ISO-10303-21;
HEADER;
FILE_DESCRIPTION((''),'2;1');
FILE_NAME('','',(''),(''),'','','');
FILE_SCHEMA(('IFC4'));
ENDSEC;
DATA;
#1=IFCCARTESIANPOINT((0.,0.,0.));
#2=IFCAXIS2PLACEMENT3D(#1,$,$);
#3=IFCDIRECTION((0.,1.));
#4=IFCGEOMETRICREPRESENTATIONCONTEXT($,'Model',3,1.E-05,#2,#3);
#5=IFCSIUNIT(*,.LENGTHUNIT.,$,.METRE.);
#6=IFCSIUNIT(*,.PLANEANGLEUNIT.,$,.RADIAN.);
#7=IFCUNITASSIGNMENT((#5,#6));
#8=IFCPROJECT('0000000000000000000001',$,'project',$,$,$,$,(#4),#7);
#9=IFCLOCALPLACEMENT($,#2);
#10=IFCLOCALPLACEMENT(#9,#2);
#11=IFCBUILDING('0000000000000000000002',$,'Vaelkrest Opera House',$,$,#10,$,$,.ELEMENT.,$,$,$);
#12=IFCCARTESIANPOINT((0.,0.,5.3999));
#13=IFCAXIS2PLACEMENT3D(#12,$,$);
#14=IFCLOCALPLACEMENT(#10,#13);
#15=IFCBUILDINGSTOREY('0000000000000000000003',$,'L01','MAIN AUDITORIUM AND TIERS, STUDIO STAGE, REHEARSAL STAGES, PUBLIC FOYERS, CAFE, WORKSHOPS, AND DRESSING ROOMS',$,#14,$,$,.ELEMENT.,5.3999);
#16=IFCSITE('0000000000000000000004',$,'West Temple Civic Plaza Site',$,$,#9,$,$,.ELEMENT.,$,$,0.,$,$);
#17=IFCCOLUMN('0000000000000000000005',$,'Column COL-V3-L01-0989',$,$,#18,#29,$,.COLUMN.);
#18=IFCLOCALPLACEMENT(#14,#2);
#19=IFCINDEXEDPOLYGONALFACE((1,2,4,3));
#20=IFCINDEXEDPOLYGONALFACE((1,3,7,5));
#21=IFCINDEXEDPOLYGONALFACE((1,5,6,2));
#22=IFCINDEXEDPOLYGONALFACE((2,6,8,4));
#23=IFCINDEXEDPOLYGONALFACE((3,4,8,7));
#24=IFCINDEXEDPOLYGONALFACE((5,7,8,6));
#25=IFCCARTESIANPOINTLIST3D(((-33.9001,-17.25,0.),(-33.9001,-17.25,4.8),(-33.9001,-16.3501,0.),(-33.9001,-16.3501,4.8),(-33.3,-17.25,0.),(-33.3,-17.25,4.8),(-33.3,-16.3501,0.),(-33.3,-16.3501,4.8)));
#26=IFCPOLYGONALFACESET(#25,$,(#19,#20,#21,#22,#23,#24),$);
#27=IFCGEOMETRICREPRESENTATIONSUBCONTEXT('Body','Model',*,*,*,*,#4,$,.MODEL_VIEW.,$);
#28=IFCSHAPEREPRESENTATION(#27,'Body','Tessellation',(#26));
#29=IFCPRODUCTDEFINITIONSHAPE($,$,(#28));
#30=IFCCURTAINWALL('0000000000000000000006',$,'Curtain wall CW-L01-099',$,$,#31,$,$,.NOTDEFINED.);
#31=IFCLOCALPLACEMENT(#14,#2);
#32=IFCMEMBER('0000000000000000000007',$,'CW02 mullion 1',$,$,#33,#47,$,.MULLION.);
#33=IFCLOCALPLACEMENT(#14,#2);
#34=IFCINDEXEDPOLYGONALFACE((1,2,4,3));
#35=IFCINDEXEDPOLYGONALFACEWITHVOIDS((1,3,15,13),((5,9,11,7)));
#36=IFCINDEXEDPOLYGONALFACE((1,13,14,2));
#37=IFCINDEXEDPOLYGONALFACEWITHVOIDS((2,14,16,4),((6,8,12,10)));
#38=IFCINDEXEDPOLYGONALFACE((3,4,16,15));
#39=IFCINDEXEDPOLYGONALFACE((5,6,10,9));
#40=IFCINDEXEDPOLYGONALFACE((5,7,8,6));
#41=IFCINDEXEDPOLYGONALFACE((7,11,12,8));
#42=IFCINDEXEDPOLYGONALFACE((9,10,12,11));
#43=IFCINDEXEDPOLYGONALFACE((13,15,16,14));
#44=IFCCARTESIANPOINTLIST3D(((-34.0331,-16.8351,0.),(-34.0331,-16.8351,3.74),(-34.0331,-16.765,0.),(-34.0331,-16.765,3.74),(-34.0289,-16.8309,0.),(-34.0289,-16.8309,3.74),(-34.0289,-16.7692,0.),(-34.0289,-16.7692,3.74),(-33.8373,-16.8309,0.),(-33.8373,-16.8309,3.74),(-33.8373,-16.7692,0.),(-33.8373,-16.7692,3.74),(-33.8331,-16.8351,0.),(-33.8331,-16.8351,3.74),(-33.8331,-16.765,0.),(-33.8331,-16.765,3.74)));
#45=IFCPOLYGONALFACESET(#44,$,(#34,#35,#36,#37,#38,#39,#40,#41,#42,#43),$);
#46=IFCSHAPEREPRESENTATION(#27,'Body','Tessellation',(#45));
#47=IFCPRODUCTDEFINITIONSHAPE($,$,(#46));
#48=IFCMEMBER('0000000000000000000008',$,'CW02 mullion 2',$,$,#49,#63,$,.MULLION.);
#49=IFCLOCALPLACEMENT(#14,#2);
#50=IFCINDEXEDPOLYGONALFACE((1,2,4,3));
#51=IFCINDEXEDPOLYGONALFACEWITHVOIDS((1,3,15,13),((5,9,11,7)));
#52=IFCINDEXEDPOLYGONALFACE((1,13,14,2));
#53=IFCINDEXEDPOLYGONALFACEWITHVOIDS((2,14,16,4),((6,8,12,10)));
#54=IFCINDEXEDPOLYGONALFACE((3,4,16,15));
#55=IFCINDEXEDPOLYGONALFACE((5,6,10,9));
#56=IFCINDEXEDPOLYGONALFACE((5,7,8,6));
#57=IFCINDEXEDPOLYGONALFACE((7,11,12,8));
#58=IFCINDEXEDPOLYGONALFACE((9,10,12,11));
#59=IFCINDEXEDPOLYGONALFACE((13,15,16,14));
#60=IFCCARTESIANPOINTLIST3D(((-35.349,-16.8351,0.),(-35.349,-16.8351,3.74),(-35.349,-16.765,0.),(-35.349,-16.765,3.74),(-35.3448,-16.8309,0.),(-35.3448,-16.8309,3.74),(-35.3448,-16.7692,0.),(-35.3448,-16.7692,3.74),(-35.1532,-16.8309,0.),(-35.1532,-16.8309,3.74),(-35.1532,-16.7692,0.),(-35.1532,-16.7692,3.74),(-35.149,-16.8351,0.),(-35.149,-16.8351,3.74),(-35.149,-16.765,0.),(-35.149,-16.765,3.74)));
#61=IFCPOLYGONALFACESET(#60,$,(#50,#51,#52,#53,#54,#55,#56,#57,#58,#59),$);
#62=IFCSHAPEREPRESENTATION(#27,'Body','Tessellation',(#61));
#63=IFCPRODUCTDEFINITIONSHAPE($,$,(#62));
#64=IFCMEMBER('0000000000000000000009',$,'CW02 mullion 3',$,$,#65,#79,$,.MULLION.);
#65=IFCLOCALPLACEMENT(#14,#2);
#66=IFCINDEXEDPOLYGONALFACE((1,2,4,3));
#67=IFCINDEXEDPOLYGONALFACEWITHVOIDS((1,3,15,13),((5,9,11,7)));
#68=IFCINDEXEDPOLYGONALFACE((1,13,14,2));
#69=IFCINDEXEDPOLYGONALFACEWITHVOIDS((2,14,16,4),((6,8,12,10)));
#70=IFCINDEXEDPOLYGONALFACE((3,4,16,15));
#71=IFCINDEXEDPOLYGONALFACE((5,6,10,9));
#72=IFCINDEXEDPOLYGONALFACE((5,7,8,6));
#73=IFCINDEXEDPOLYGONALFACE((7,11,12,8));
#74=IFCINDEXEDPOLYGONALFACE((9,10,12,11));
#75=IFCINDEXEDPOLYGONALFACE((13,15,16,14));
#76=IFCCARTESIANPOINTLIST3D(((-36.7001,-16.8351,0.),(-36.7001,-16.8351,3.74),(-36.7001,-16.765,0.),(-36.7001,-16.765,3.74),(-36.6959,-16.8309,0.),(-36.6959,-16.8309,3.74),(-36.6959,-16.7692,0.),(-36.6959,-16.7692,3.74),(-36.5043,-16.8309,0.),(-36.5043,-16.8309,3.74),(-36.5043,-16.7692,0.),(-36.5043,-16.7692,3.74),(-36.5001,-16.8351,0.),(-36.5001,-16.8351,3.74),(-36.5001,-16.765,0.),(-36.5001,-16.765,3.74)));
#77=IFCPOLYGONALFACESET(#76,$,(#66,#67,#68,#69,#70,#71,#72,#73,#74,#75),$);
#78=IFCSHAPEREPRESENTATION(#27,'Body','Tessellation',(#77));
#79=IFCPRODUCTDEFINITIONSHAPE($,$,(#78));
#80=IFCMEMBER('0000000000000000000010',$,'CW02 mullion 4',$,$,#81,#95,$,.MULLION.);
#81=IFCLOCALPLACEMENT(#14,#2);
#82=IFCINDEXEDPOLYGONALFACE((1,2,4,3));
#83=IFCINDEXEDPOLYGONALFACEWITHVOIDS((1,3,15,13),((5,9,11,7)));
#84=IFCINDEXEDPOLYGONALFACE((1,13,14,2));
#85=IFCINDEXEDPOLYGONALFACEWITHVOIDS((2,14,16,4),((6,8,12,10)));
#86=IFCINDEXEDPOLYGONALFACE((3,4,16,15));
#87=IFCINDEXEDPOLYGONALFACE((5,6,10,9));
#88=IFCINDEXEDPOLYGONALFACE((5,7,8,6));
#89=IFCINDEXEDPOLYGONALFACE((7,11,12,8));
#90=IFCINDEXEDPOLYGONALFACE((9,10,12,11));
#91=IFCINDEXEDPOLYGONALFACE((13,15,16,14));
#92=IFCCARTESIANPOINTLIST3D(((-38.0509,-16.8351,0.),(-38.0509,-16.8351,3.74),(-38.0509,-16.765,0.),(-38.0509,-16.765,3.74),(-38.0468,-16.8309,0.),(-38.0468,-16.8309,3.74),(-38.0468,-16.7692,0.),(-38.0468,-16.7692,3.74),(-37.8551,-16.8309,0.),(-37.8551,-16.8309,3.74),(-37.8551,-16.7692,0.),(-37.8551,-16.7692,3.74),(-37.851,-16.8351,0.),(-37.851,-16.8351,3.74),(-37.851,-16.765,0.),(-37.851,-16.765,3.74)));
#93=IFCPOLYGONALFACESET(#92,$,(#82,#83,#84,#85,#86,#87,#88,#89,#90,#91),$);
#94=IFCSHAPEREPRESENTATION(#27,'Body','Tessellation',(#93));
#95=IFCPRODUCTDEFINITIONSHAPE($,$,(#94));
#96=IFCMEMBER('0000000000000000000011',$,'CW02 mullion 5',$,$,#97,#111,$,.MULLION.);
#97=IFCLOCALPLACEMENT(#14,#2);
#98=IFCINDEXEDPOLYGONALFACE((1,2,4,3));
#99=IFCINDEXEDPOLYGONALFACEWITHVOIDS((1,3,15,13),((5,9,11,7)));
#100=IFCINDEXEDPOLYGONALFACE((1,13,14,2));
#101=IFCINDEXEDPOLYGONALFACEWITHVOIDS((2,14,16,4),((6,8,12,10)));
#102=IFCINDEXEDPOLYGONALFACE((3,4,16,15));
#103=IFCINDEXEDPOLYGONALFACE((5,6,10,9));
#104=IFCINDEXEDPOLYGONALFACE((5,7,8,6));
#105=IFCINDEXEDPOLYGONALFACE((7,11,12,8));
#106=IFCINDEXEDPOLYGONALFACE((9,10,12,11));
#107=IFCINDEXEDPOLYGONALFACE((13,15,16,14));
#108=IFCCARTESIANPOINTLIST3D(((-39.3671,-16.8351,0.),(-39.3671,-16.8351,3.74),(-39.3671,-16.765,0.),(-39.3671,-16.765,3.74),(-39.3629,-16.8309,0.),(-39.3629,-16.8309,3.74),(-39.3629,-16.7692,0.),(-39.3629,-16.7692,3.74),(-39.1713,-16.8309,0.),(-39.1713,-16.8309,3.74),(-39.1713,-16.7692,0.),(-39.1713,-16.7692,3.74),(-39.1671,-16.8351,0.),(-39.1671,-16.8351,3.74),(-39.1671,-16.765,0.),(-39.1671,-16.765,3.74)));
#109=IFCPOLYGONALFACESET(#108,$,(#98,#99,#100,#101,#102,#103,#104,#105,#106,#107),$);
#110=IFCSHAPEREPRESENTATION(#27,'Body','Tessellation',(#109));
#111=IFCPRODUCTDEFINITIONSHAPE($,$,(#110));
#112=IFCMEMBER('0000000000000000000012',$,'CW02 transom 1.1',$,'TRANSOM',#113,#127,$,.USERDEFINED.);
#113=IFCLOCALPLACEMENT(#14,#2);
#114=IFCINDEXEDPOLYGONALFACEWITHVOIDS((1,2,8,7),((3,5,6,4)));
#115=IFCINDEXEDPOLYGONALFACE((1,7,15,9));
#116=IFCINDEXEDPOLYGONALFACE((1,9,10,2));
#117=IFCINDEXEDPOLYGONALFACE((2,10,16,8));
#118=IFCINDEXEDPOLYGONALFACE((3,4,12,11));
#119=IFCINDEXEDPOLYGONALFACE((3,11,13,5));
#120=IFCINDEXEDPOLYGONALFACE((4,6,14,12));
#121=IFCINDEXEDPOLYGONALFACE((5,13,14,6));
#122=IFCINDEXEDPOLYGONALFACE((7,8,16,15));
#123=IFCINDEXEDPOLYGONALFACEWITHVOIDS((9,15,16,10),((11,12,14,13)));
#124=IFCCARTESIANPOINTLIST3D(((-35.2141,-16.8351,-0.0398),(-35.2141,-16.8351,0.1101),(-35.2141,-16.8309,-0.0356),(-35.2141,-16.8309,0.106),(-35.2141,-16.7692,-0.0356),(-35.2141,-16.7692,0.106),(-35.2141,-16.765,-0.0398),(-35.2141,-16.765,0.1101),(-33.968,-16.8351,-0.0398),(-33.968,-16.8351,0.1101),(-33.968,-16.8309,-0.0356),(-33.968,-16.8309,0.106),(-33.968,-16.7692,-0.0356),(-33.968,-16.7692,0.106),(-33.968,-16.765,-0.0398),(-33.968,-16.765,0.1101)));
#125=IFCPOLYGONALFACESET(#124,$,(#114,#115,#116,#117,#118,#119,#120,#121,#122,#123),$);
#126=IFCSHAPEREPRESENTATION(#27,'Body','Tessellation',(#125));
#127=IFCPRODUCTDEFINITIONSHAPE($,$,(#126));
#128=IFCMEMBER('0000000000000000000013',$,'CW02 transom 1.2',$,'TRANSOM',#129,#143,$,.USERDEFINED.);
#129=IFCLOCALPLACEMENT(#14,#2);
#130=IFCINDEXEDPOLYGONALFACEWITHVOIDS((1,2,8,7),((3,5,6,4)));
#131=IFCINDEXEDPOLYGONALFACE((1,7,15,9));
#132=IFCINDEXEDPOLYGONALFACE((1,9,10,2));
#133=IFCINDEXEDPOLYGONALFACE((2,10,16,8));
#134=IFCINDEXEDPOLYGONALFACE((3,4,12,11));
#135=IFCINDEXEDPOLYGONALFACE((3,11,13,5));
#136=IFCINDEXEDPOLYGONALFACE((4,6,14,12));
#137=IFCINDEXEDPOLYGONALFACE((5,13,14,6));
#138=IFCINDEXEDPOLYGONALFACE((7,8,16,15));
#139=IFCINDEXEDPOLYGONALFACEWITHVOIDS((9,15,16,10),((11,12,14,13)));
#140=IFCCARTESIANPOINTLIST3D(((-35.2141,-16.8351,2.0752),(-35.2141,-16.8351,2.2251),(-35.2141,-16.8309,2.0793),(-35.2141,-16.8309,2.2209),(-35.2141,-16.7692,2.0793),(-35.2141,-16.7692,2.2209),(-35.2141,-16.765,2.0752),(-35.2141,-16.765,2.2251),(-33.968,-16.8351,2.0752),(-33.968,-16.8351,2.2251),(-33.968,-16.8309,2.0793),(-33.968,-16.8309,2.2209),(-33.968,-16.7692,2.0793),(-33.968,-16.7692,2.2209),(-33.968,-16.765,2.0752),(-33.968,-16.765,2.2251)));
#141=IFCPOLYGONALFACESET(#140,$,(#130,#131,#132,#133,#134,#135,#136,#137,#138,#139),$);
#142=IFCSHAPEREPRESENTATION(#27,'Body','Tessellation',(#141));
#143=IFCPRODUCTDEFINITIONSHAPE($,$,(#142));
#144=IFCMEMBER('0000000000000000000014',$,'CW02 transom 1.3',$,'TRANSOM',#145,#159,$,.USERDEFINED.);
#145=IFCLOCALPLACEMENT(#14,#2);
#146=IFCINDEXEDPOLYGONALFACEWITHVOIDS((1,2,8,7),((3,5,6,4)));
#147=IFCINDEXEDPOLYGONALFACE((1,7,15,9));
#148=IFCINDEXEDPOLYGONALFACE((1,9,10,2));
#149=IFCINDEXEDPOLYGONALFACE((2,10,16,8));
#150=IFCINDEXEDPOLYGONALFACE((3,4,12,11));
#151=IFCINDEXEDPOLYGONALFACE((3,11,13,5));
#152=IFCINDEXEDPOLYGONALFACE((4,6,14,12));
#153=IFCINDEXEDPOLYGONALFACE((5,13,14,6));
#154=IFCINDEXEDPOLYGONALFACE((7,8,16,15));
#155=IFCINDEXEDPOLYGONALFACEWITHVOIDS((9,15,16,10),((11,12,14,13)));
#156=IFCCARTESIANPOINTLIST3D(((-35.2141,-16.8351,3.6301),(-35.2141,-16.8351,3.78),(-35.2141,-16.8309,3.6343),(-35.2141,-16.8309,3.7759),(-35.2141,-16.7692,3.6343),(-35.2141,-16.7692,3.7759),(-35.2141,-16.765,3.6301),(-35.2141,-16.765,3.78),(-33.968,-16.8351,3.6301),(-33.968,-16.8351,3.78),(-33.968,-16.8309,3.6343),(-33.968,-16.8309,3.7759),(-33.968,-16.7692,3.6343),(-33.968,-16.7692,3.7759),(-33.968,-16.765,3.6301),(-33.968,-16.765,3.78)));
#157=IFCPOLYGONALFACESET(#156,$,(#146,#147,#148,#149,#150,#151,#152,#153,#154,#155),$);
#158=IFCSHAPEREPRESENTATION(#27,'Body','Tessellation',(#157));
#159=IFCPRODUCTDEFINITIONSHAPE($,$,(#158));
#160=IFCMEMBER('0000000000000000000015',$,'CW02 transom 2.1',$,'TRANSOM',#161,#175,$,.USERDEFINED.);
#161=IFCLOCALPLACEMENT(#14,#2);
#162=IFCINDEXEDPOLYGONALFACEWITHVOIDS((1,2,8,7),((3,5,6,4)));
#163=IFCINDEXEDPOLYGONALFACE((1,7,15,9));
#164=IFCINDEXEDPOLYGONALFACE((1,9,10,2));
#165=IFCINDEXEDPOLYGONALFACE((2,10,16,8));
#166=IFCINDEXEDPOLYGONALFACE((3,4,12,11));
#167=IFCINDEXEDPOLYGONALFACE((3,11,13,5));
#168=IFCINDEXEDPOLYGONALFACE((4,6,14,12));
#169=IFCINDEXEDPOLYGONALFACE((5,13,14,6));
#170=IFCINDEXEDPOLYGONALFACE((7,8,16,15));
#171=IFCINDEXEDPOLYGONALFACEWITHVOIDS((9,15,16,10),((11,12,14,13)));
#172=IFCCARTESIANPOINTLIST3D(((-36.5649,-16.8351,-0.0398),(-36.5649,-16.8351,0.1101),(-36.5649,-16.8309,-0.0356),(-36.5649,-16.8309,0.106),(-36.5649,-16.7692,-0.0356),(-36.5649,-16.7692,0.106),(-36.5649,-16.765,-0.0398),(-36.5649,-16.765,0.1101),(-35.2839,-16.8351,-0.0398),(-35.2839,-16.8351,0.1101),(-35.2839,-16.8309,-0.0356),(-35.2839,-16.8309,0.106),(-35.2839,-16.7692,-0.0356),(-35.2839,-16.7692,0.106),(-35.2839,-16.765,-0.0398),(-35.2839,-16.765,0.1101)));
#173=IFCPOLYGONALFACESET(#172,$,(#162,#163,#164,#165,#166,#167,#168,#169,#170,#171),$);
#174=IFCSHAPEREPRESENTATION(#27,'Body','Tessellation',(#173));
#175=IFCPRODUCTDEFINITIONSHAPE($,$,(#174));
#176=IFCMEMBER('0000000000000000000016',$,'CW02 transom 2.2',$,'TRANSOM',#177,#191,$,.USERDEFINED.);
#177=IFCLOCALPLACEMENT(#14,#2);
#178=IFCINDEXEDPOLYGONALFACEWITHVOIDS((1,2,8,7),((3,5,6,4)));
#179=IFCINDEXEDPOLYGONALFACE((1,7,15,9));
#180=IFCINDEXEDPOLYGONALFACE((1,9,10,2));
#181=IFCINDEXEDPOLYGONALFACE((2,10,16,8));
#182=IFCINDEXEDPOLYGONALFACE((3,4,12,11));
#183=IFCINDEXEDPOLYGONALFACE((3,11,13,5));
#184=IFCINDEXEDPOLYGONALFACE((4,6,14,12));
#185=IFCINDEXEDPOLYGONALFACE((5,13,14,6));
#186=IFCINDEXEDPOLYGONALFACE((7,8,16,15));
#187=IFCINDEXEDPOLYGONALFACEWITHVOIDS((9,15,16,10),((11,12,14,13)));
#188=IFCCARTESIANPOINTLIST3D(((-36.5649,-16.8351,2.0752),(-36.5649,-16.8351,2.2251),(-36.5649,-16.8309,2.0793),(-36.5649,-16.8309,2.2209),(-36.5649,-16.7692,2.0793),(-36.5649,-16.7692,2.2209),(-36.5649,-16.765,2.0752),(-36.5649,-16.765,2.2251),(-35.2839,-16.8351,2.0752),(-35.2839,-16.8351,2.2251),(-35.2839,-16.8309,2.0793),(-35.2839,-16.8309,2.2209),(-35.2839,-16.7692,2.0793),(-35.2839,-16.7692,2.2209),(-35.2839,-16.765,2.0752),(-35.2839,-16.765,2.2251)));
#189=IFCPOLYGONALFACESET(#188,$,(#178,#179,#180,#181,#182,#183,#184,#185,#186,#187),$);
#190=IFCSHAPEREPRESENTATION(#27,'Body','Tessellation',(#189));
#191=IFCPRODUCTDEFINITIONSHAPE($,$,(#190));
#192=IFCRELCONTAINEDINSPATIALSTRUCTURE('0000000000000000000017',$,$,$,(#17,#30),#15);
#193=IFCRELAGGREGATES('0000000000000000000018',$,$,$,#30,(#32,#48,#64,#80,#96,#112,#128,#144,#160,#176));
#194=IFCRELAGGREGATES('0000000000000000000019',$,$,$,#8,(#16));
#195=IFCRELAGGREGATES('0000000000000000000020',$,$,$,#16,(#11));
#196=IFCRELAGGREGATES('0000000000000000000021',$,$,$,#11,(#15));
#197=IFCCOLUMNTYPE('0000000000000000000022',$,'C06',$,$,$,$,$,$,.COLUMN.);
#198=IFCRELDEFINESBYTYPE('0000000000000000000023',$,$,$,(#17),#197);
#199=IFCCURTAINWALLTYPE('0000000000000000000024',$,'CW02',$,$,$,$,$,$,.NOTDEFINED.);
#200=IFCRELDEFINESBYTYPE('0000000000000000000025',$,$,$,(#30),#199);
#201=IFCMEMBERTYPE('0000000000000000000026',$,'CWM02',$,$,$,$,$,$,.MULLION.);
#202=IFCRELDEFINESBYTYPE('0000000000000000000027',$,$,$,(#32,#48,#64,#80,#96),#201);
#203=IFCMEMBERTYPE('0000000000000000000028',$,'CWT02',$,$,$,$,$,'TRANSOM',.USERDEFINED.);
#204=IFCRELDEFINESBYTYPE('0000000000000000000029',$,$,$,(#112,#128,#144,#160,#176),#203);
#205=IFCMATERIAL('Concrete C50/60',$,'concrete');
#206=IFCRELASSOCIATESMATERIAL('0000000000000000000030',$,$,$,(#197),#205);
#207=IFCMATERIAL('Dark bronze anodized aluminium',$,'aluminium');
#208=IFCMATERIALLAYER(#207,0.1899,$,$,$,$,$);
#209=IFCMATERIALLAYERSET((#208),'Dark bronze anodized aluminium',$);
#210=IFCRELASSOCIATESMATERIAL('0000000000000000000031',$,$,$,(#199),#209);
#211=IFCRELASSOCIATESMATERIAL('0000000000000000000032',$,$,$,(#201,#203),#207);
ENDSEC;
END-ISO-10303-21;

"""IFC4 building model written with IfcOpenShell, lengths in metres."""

from ifc_helpers import new_model, si_unit, direction, frame, origin, origin_2d, place, context, subcontext, project, spatial, rectangle, hollow_rectangle, extrude, material, layer, layer_set, material_profile, profile_set, type_object, element, aggregate, save


model = new_model("IFC4")

# Units and contexts
model_context = context("Model", 3, precision=1e-05, world=origin(), true_north=direction((0.0, 1.0)))
body_context = subcontext(model_context, "Body", "Model", "MODEL_VIEW")
ifc_project = project(units=[si_unit("LENGTHUNIT", "METRE"), si_unit("PLANEANGLEUNIT", "RADIAN")], contexts=[model_context])

# Site, building, storey
site_placement = place(None, origin())
site = spatial("IfcSite", under=ifc_project, at=site_placement, Name="West Temple Civic Plaza Site", CompositionType="ELEMENT", RefElevation=0.0)
building_placement = place(site_placement, origin())
building = spatial("IfcBuilding", under=site, at=building_placement, Name="Vaelkrest Opera House", CompositionType="ELEMENT")
storey_placement = place(building_placement, frame((0.0, 0.0, 5.3999)))
storey = spatial("IfcBuildingStorey", under=building, at=storey_placement, Name="L01", Description="MAIN AUDITORIUM AND TIERS, STUDIO STAGE, REHEARSAL STAGES, PUBLIC FOYERS, CAFE, WORKSHOPS, AND DRESSING ROOMS", CompositionType="ELEMENT", Elevation=5.3999)

# Column
ifc_material_1 = material(Name="Concrete C50/60", Category="concrete")
ifc_material_profile_1 = material_profile(ifc_material_1, rectangle(XDim=0.6001, YDim=0.8999, at=origin_2d()), Name="RC600X900")
ifc_profile_set_1 = profile_set([ifc_material_profile_1], Name="Concrete C50/60")
column_type = type_object("IfcColumnType", Name="C06", PredefinedType="COLUMN", material=ifc_profile_set_1)
column_placement = place(storey_placement, frame((-33.6001, -16.8, 0.0), z_axis=(0.0, 0.0, 1.0), x_axis=(1.0, 0.0, 0.0)))
element("IfcColumn", 1, at=column_placement, inside=storey, type_object=column_type, Name="Column COL-V3-L01-0989", PredefinedType="COLUMN", context=body_context, shape_type="SweptSolid", body=[
    extrude(rectangle(XDim=0.6001, YDim=0.8999, at=origin_2d()), origin(), (0.0, 0.0, 1.0), 4.8),
])

# Curtain wall, members
ifc_material_2 = material(Name="Dark bronze anodized aluminium", Category="aluminium")
ifc_layer_1 = layer(ifc_material_2, 0.1899)
ifc_layer_set_1 = layer_set([ifc_layer_1], Name="Dark bronze anodized aluminium")
curtain_wall_type = type_object("IfcCurtainWallType", Name="CW02", PredefinedType="NOTDEFINED", material=ifc_layer_set_1)
curtain_wall_placement = place(storey_placement, origin())
curtain_wall = element("IfcCurtainWall", 2, at=curtain_wall_placement, inside=storey, type_object=curtain_wall_type, Name="Curtain wall CW-L01-099", PredefinedType="NOTDEFINED")
ifc_material_profile_2 = material_profile(ifc_material_2, hollow_rectangle(XDim=0.0701, YDim=0.2, WallThickness=0.0042, at=origin_2d()), Name="CWM70X200")
ifc_profile_set_2 = profile_set([ifc_material_profile_2], Name="Dark bronze anodized aluminium")
member_type_1 = type_object("IfcMemberType", Name="CWM02", PredefinedType="MULLION", material=ifc_profile_set_2)
member_1_placement = place(storey_placement, frame((-33.9331, -16.8, 0.0), z_axis=(0.0, 0.0, 1.0), x_axis=(0.0, -1.0, 0.0)))
member_1 = element("IfcMember", 3, at=member_1_placement, type_object=member_type_1, Name="CW02 mullion 1", PredefinedType="MULLION", context=body_context, shape_type="SweptSolid", body=[
    extrude(hollow_rectangle(XDim=0.0701, YDim=0.2, WallThickness=0.0042, at=origin_2d()), origin(), (0.0, 0.0, 1.0), 3.74),
])
member_2_placement = place(storey_placement, frame((-35.249, -16.8, 0.0), z_axis=(0.0, 0.0, 1.0), x_axis=(0.0, -1.0, 0.0)))
member_2 = element("IfcMember", 4, at=member_2_placement, type_object=member_type_1, Name="CW02 mullion 2", PredefinedType="MULLION", context=body_context, shape_type="SweptSolid", body=[
    extrude(hollow_rectangle(XDim=0.0701, YDim=0.2, WallThickness=0.0042, at=origin_2d()), origin(), (0.0, 0.0, 1.0), 3.74),
])
member_3_placement = place(storey_placement, frame((-36.6001, -16.8, 0.0), z_axis=(0.0, 0.0, 1.0), x_axis=(0.0, -1.0, 0.0)))
member_3 = element("IfcMember", 5, at=member_3_placement, type_object=member_type_1, Name="CW02 mullion 3", PredefinedType="MULLION", context=body_context, shape_type="SweptSolid", body=[
    extrude(hollow_rectangle(XDim=0.0701, YDim=0.2, WallThickness=0.0042, at=origin_2d()), origin(), (0.0, 0.0, 1.0), 3.74),
])
member_4_placement = place(storey_placement, frame((-37.9509, -16.8, 0.0), z_axis=(0.0, 0.0, 1.0), x_axis=(0.0, -1.0, 0.0)))
member_4 = element("IfcMember", 6, at=member_4_placement, type_object=member_type_1, Name="CW02 mullion 4", PredefinedType="MULLION", context=body_context, shape_type="SweptSolid", body=[
    extrude(hollow_rectangle(XDim=0.0701, YDim=0.2, WallThickness=0.0042, at=origin_2d()), origin(), (0.0, 0.0, 1.0), 3.74),
])
member_5_placement = place(storey_placement, frame((-39.2671, -16.8, 0.0), z_axis=(0.0, 0.0, 1.0), x_axis=(0.0, -1.0, 0.0)))
member_5 = element("IfcMember", 7, at=member_5_placement, type_object=member_type_1, Name="CW02 mullion 5", PredefinedType="MULLION", context=body_context, shape_type="SweptSolid", body=[
    extrude(hollow_rectangle(XDim=0.0701, YDim=0.2, WallThickness=0.0042, at=origin_2d()), origin(), (0.0, 0.0, 1.0), 3.74),
])
ifc_material_profile_3 = material_profile(ifc_material_2, hollow_rectangle(XDim=0.0701, YDim=0.1499, WallThickness=0.0042, at=origin_2d()), Name="CWT70X150")
ifc_profile_set_3 = profile_set([ifc_material_profile_3], Name="Dark bronze anodized aluminium")
member_type_2 = type_object("IfcMemberType", Name="CWT02", ElementType="TRANSOM", PredefinedType="USERDEFINED", material=ifc_profile_set_3)
member_6_placement = place(storey_placement, frame((-33.968, -16.8, 0.0352), z_axis=(-1.0, 0.0, 0.0), x_axis=(0.0, -1.0, 0.0)))
member_6 = element("IfcMember", 8, at=member_6_placement, type_object=member_type_2, Name="CW02 transom 1.1", ObjectType="TRANSOM", PredefinedType="USERDEFINED", context=body_context, shape_type="SweptSolid", body=[
    extrude(hollow_rectangle(XDim=0.0701, YDim=0.1499, WallThickness=0.0042, at=origin_2d()), origin(), (0.0, 0.0, 1.0), 1.2461),
])
member_7_placement = place(storey_placement, frame((-33.968, -16.8, 2.1501), z_axis=(-1.0, 0.0, 0.0), x_axis=(0.0, -1.0, 0.0)))
member_7 = element("IfcMember", 9, at=member_7_placement, type_object=member_type_2, Name="CW02 transom 1.2", ObjectType="TRANSOM", PredefinedType="USERDEFINED", context=body_context, shape_type="SweptSolid", body=[
    extrude(hollow_rectangle(XDim=0.0701, YDim=0.1499, WallThickness=0.0042, at=origin_2d()), origin(), (0.0, 0.0, 1.0), 1.2461),
])
member_8_placement = place(storey_placement, frame((-33.968, -16.8, 3.7051), z_axis=(-1.0, 0.0, 0.0), x_axis=(0.0, -1.0, 0.0)))
member_8 = element("IfcMember", 10, at=member_8_placement, type_object=member_type_2, Name="CW02 transom 1.3", ObjectType="TRANSOM", PredefinedType="USERDEFINED", context=body_context, shape_type="SweptSolid", body=[
    extrude(hollow_rectangle(XDim=0.0701, YDim=0.1499, WallThickness=0.0042, at=origin_2d()), origin(), (0.0, 0.0, 1.0), 1.2461),
])
member_9_placement = place(storey_placement, frame((-35.2839, -16.8, 0.0352), z_axis=(-1.0, 0.0, 0.0), x_axis=(0.0, -1.0, 0.0)))
member_9 = element("IfcMember", 11, at=member_9_placement, type_object=member_type_2, Name="CW02 transom 2.1", ObjectType="TRANSOM", PredefinedType="USERDEFINED", context=body_context, shape_type="SweptSolid", body=[
    extrude(hollow_rectangle(XDim=0.0701, YDim=0.1499, WallThickness=0.0042, at=origin_2d()), origin(), (0.0, 0.0, 1.0), 1.281),
])
member_10_placement = place(storey_placement, frame((-35.2839, -16.8, 2.1501), z_axis=(-1.0, 0.0, 0.0), x_axis=(0.0, -1.0, 0.0)))
member_10 = element("IfcMember", 12, at=member_10_placement, type_object=member_type_2, Name="CW02 transom 2.2", ObjectType="TRANSOM", PredefinedType="USERDEFINED", context=body_context, shape_type="SweptSolid", body=[
    extrude(hollow_rectangle(XDim=0.0701, YDim=0.1499, WallThickness=0.0042, at=origin_2d()), origin(), (0.0, 0.0, 1.0), 1.281),
])

aggregate(curtain_wall, [member_1, member_2, member_3, member_4, member_5, member_6, member_7, member_8, member_9, member_10])

save(model, "model.ifc")
